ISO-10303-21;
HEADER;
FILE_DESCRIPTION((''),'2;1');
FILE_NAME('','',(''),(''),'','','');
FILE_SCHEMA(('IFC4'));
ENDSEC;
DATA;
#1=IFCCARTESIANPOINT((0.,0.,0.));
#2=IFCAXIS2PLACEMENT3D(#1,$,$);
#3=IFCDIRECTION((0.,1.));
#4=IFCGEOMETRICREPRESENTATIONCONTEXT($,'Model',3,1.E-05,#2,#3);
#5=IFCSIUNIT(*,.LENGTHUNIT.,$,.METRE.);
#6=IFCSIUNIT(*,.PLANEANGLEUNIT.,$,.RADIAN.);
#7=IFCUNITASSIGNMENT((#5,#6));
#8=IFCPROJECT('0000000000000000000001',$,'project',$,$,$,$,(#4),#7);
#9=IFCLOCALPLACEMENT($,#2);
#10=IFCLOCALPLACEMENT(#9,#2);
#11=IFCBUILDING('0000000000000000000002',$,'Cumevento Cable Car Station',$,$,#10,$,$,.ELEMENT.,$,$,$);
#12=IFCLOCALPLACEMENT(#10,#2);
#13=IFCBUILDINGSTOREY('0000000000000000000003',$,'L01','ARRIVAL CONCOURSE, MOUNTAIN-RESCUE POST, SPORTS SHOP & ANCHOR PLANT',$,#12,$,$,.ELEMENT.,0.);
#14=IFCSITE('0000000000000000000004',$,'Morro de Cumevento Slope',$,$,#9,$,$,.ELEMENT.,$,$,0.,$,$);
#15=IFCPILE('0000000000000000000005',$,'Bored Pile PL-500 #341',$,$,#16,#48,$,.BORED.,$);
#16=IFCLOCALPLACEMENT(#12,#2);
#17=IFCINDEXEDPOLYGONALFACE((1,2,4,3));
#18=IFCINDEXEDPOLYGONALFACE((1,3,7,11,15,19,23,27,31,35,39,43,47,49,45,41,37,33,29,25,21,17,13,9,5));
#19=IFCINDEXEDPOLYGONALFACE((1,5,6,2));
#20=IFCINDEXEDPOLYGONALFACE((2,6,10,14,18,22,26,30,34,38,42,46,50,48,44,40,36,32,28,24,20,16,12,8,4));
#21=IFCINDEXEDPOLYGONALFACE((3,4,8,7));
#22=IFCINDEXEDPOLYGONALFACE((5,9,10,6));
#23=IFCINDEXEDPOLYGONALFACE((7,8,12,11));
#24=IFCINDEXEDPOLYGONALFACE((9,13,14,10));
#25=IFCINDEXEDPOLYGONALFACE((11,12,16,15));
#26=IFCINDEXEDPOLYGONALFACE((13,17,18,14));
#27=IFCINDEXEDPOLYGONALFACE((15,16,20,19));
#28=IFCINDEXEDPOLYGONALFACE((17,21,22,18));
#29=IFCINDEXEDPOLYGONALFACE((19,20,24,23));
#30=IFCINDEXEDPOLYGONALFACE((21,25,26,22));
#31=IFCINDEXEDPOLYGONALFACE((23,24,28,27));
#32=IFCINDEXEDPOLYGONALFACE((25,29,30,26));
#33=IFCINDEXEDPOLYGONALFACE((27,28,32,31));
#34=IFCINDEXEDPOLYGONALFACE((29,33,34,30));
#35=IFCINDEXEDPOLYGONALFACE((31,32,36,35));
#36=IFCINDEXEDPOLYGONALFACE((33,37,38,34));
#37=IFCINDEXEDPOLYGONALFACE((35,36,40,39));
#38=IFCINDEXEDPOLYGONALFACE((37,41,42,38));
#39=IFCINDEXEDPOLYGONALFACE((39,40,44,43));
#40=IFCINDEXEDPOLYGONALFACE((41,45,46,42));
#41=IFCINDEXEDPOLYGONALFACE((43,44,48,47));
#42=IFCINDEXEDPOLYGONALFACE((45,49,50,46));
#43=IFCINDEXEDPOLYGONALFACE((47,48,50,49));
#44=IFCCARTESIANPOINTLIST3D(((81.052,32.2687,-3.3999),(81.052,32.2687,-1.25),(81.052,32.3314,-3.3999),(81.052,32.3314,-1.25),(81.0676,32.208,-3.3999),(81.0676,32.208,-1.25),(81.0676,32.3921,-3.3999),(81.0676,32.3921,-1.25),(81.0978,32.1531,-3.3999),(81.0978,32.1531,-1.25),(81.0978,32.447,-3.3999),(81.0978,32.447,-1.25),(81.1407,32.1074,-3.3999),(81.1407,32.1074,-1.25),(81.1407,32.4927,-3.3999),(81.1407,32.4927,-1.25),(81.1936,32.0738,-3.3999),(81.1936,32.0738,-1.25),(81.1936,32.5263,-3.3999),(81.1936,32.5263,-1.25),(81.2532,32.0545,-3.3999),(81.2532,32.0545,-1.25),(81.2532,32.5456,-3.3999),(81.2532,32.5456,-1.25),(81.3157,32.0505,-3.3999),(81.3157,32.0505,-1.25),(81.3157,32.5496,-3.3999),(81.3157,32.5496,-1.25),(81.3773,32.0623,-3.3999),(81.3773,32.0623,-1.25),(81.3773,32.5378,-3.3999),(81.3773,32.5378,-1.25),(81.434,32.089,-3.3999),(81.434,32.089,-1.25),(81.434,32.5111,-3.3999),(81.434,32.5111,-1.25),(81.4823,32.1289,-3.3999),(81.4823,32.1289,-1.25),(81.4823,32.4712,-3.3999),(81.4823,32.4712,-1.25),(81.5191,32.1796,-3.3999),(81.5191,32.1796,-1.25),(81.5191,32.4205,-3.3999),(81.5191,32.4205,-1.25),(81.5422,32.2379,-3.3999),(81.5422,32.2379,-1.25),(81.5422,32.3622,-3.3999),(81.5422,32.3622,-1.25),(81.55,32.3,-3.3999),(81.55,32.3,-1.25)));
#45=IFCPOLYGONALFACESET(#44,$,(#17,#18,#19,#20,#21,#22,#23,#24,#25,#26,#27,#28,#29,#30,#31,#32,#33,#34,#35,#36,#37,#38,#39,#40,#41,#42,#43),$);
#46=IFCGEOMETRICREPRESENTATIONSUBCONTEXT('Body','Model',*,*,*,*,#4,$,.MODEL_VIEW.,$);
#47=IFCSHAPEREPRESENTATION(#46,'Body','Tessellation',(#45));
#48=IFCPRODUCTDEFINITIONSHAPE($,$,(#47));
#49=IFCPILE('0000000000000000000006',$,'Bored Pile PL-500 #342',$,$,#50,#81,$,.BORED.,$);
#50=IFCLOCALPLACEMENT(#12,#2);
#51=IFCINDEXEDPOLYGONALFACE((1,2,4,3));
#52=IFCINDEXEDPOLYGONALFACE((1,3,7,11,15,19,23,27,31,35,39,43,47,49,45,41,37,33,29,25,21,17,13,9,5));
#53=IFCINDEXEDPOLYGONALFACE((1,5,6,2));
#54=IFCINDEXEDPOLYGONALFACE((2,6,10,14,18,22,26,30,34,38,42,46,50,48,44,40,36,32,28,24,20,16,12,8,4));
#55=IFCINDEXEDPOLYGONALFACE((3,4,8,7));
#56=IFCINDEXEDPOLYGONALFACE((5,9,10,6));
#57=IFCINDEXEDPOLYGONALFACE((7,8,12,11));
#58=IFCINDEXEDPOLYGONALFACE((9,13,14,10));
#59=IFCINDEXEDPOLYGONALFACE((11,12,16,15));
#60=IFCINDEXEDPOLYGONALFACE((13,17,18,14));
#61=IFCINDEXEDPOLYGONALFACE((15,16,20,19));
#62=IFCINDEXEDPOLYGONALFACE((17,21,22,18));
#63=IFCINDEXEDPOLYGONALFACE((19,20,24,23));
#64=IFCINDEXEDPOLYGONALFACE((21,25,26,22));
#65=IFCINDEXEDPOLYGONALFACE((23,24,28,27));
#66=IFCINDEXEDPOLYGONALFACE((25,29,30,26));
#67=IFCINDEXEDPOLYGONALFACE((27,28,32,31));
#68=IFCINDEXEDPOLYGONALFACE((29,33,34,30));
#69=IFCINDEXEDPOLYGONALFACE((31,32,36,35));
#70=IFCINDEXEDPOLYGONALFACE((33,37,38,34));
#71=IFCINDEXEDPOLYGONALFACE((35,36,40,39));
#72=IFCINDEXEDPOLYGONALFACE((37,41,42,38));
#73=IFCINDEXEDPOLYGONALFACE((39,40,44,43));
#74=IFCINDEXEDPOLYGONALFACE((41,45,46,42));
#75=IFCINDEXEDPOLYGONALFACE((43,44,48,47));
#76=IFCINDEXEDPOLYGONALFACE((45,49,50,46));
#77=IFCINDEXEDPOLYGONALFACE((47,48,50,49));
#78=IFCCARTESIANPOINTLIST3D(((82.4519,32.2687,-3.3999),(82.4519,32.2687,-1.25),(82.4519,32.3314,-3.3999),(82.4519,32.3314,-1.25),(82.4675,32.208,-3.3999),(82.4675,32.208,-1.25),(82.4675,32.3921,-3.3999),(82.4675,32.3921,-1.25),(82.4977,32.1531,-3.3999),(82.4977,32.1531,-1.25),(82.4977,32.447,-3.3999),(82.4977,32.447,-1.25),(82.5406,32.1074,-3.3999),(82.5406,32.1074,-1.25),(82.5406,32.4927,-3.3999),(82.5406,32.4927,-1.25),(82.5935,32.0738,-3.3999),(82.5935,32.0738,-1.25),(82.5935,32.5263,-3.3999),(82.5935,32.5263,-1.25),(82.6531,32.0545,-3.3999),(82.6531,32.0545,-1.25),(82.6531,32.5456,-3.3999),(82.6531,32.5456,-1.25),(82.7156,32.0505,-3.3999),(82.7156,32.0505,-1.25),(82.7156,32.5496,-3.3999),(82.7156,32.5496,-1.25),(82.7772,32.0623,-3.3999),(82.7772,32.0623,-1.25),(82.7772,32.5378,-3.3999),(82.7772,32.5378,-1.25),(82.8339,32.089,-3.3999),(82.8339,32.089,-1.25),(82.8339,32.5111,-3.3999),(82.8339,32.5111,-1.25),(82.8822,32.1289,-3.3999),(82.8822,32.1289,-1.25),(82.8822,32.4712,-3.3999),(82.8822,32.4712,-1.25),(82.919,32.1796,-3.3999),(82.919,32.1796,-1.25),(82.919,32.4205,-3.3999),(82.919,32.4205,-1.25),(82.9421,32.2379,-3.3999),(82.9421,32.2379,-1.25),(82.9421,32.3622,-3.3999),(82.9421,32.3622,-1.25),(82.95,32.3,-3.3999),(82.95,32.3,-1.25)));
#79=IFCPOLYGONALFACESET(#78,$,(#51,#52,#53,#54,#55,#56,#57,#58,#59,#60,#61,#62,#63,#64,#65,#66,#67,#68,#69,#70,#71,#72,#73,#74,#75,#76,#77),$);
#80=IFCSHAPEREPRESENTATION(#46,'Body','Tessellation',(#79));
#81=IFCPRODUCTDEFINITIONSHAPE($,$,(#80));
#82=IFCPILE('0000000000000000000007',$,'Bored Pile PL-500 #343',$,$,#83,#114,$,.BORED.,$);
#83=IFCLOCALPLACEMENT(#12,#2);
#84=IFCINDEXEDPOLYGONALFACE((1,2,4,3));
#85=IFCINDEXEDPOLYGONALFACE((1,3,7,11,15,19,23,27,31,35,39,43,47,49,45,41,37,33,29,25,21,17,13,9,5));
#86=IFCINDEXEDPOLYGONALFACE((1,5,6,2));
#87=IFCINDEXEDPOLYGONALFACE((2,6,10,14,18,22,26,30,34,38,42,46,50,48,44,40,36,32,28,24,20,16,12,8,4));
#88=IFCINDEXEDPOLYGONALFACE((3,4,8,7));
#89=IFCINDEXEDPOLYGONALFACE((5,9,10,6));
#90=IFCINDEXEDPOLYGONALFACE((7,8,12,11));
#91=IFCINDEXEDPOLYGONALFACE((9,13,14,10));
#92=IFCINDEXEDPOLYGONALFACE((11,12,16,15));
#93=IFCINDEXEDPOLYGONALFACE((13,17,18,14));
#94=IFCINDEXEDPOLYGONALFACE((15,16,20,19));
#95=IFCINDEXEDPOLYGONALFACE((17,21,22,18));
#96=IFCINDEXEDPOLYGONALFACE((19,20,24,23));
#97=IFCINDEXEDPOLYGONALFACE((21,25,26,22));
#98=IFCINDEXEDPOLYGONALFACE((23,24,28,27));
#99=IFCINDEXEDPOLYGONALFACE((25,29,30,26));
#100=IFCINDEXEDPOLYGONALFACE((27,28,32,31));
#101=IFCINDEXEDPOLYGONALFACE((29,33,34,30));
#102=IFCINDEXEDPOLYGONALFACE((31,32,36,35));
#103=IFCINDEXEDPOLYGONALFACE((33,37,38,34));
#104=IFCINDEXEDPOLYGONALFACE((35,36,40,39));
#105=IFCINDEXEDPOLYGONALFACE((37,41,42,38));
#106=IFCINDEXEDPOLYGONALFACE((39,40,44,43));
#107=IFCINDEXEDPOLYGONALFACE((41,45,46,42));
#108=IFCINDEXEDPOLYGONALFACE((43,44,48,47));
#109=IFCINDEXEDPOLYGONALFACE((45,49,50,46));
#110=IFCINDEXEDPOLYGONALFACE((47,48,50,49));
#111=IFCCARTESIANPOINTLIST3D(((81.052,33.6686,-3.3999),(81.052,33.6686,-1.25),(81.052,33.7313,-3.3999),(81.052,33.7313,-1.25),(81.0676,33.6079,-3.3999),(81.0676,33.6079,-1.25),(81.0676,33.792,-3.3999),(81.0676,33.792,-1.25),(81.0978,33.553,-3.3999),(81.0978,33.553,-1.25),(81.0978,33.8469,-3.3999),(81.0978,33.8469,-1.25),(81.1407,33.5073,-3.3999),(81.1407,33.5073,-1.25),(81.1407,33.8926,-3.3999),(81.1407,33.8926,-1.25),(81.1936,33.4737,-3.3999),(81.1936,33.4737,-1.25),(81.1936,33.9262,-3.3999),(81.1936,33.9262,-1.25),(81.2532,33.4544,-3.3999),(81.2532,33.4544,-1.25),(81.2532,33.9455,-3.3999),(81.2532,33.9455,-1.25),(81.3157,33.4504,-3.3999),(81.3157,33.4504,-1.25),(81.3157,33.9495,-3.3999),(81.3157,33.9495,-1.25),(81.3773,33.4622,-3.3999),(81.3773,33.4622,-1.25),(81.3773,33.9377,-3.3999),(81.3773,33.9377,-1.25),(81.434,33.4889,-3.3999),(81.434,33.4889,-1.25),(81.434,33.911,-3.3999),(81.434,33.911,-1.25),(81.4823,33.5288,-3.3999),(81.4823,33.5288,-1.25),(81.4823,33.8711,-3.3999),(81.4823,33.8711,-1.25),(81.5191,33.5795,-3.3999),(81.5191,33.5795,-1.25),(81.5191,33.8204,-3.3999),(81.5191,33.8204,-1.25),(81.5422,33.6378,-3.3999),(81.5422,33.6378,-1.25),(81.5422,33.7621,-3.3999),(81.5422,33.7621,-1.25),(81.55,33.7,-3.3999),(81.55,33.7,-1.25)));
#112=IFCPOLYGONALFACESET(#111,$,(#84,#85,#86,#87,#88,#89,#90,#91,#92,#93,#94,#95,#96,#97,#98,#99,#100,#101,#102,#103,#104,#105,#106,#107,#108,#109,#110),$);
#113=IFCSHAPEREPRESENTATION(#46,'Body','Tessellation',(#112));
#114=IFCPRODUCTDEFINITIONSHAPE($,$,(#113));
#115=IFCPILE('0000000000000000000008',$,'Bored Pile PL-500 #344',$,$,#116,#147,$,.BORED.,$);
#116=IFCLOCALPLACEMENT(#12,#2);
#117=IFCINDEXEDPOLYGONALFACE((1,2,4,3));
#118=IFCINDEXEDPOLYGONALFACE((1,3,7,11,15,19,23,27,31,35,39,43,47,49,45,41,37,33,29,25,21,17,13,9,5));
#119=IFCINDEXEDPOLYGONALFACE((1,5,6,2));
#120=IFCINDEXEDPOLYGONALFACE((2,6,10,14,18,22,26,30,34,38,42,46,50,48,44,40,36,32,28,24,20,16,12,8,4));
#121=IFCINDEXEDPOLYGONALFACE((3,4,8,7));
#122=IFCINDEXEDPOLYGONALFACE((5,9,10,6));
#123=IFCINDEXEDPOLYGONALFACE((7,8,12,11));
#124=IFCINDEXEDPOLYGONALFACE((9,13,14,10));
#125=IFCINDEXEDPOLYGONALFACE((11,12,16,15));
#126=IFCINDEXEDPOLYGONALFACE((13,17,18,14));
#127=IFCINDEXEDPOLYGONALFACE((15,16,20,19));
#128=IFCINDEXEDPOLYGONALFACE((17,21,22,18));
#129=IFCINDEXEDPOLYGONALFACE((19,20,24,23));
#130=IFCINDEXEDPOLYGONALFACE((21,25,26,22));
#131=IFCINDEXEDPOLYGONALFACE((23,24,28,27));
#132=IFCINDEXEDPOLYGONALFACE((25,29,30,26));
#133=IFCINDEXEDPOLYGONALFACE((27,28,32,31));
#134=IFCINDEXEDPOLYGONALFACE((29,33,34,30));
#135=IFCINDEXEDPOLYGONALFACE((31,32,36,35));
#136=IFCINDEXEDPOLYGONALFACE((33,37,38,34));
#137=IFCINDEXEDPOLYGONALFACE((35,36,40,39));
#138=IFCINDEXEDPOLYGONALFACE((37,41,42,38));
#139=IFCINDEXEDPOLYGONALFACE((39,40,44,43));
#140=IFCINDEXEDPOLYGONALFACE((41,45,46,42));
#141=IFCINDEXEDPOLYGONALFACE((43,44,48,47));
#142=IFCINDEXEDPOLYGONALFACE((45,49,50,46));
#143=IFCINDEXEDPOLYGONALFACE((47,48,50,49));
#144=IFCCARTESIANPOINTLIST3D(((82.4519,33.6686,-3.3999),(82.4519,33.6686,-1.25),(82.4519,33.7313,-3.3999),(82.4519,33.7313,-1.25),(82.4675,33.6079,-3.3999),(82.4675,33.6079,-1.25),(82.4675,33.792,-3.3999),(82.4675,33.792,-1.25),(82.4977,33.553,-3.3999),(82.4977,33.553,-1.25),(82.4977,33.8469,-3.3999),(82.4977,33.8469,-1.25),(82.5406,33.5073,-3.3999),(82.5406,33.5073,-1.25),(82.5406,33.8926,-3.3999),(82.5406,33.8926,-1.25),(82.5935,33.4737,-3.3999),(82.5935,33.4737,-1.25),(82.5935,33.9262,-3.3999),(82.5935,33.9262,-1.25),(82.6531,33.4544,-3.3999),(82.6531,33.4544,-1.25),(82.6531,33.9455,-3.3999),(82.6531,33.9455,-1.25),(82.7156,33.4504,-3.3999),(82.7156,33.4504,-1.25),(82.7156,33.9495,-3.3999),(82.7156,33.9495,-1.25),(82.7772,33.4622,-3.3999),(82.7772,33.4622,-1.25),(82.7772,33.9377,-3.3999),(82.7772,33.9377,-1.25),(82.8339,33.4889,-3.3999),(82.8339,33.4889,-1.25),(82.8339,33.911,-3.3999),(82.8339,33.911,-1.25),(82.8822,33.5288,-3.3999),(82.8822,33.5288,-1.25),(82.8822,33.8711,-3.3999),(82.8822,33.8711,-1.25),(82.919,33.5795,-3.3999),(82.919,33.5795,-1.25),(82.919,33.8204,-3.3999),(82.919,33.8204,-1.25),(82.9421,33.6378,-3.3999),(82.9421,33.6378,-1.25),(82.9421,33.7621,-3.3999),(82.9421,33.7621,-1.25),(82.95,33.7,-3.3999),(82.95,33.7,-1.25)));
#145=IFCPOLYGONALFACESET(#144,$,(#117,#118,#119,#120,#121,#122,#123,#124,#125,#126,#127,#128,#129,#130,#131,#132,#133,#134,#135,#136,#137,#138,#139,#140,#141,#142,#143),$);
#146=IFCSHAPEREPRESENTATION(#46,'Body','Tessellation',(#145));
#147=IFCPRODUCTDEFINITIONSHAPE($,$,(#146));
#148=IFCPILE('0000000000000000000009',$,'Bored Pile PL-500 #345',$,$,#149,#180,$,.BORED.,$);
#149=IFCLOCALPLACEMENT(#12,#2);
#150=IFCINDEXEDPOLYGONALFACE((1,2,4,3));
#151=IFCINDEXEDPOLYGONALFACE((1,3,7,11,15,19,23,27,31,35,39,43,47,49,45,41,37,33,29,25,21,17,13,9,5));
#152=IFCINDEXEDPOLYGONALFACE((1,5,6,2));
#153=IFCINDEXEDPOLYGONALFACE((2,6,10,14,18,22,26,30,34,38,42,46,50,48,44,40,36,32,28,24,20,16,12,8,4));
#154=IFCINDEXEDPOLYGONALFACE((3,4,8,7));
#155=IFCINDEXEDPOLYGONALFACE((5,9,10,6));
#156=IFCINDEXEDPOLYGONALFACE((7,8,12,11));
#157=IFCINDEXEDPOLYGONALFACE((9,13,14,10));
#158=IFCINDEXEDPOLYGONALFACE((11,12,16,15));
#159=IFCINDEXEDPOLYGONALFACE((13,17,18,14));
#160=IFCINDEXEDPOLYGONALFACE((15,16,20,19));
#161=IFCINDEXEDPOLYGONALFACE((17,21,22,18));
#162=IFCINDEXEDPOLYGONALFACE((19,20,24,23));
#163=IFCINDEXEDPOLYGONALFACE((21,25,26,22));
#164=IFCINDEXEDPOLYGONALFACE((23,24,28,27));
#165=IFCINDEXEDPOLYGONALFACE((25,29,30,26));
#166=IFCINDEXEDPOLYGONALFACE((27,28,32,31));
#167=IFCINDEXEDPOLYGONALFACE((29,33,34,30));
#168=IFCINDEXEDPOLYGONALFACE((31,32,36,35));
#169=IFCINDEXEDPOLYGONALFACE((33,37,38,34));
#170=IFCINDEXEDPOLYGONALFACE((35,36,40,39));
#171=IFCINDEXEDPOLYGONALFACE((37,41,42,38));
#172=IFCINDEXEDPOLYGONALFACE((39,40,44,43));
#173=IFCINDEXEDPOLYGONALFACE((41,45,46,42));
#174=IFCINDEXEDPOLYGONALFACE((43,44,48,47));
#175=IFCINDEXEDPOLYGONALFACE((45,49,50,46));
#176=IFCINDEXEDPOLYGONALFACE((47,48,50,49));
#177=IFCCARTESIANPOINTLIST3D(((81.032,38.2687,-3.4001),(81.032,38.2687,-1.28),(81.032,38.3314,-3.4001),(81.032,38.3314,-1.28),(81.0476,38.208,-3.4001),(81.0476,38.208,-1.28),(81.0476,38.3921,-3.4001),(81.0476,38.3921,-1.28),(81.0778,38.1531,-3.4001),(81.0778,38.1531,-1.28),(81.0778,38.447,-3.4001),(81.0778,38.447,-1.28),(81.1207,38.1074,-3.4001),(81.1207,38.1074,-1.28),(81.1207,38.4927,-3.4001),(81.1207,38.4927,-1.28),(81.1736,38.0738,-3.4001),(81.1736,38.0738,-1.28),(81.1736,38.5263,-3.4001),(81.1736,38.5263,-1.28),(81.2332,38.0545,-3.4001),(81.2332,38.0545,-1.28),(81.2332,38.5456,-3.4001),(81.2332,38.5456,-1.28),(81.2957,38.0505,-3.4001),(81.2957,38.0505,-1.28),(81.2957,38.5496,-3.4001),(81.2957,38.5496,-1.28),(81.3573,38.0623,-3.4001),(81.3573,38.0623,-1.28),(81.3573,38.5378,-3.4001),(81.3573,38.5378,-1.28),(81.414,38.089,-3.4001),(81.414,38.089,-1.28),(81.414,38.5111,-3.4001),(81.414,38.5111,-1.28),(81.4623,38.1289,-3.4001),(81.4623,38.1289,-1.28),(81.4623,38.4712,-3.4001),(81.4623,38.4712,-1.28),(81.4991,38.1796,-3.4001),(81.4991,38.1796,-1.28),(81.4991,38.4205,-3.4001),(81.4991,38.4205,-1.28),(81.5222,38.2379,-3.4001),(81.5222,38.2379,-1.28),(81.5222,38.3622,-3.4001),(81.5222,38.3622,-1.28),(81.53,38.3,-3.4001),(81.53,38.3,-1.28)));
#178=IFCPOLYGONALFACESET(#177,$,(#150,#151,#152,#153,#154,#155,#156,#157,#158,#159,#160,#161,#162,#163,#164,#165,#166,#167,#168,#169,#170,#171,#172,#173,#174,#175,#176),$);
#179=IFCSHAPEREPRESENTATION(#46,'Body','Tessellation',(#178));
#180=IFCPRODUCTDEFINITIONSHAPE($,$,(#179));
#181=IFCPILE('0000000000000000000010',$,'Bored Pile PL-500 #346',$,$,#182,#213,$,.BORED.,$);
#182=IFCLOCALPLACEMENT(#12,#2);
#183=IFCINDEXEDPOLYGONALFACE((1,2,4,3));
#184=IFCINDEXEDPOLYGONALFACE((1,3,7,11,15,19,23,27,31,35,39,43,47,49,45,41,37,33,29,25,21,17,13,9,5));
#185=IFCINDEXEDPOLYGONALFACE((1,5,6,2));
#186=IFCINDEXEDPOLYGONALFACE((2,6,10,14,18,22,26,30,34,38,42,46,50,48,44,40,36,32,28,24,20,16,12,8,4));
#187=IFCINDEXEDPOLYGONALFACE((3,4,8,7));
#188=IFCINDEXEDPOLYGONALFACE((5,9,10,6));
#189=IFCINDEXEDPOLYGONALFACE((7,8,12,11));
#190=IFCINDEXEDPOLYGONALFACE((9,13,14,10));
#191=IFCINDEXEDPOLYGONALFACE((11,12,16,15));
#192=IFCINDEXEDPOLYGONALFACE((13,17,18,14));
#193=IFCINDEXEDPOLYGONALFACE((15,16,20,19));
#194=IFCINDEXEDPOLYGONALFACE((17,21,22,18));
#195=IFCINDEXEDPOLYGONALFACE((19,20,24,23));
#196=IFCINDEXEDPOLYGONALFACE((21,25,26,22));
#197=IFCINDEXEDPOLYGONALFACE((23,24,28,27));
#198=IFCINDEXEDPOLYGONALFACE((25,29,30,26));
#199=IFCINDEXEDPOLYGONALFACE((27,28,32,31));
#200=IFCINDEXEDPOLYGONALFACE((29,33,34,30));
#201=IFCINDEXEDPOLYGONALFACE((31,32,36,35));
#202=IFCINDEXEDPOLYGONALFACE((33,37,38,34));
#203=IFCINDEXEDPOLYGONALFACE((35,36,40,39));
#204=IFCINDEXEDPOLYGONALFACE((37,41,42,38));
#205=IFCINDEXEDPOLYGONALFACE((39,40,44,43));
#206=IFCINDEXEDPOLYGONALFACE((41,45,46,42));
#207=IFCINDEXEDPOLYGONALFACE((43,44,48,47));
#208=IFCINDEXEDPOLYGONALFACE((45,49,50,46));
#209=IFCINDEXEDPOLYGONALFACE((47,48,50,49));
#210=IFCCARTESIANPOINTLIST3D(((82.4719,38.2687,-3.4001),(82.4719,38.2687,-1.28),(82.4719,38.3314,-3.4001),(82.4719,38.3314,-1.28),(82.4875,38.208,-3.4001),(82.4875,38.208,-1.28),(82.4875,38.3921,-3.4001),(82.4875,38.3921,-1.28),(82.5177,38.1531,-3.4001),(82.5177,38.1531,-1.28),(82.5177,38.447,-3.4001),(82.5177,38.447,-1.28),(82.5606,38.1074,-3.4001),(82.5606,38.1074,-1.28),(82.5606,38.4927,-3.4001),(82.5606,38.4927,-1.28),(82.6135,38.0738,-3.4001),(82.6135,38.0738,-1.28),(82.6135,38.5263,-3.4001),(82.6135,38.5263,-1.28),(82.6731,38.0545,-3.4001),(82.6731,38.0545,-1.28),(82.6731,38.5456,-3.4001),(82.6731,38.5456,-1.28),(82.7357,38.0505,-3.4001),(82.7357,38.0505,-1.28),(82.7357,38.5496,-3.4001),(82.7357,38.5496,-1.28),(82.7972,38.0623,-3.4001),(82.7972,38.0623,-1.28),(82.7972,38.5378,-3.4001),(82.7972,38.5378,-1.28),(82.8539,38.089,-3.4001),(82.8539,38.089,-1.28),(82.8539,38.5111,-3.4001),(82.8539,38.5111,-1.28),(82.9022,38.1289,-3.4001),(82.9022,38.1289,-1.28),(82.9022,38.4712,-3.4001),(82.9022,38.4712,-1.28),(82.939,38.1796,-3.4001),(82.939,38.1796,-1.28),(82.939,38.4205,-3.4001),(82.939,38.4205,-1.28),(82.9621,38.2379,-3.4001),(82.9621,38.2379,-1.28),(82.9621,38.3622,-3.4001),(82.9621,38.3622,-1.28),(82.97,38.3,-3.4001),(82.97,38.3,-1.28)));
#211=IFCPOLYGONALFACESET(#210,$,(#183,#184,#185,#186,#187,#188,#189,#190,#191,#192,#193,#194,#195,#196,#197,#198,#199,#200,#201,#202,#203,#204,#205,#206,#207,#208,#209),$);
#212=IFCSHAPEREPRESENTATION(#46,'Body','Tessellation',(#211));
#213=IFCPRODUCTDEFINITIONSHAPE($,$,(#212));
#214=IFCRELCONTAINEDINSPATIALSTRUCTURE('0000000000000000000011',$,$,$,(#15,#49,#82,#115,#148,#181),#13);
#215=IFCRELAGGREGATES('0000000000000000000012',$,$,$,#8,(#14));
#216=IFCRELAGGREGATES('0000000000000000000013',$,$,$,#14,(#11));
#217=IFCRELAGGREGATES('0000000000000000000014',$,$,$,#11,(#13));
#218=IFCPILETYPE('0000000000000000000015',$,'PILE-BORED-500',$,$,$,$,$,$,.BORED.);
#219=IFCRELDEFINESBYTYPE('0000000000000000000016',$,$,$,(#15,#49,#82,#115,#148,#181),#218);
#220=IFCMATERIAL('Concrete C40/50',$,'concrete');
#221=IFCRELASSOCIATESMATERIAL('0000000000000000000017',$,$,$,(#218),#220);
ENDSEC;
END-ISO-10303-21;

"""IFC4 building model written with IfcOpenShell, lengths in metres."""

from ifc_helpers import new_model, si_unit, direction, frame, origin, origin_2d, place, context, subcontext, project, spatial, circle, extrude, material, material_profile, profile_set, type_object, element, save


model = new_model("IFC4")

# Units and contexts
model_context = context("Model", 3, precision=1e-05, world=origin(), true_north=direction((0.0, 1.0)))
body_context = subcontext(model_context, "Body", "Model", "MODEL_VIEW")
ifc_project = project(units=[si_unit("LENGTHUNIT", "METRE"), si_unit("PLANEANGLEUNIT", "RADIAN")], contexts=[model_context])

# Site, building, storey
site_placement = place(None, origin())
site = spatial("IfcSite", under=ifc_project, at=site_placement, Name="Morro de Cumevento Slope", CompositionType="ELEMENT", RefElevation=0.0)
building_placement = place(site_placement, origin())
building = spatial("IfcBuilding", under=site, at=building_placement, Name="Cumevento Cable Car Station", CompositionType="ELEMENT")
storey_placement = place(building_placement, origin())
storey = spatial("IfcBuildingStorey", under=building, at=storey_placement, Name="L01", Description="ARRIVAL CONCOURSE, MOUNTAIN-RESCUE POST, SPORTS SHOP & ANCHOR PLANT", CompositionType="ELEMENT", Elevation=0.0)

# Piles
ifc_material_1 = material(Name="Concrete C40/50", Category="concrete")
ifc_material_profile_1 = material_profile(ifc_material_1, circle(Radius=0.25, at=origin_2d()), Name="PILE-D500")
ifc_profile_set_1 = profile_set([ifc_material_profile_1], Name="Concrete C40/50")
pile_type = type_object("IfcPileType", Name="PILE-BORED-500", PredefinedType="BORED", material=ifc_profile_set_1)
for number, where, z_axis, x_axis, name in (
    (1, (81.3, 32.3, -1.25), (0.0, 0.0, -1.0), (1.0, 0.0, 0.0), "Bored Pile PL-500 #341"),
    (2, (82.7, 32.3, -1.25), (0.0, 0.0, -1.0), (1.0, 0.0, 0.0), "Bored Pile PL-500 #342"),
    (3, (81.3, 33.7, -1.25), (0.0, 0.0, -1.0), (1.0, 0.0, 0.0), "Bored Pile PL-500 #343"),
    (4, (82.7, 33.7, -1.25), (0.0, 0.0, -1.0), (1.0, 0.0, 0.0), "Bored Pile PL-500 #344"),
):
    element("IfcPile", number, at=place(storey_placement, frame(where, z_axis=z_axis, x_axis=x_axis)), inside=storey, type_object=pile_type, Name=name, PredefinedType="BORED", context=body_context, shape_type="SweptSolid", body=[
        extrude(circle(Radius=0.25, at=origin_2d()), origin(), (0.0, 0.0, 1.0), 2.1499),
    ])
for number, where, z_axis, x_axis, name in (
    (5, (81.28, 38.3, -1.28), (0.0, 0.0, -1.0), (1.0, 0.0, 0.0), "Bored Pile PL-500 #345"),
    (6, (82.72, 38.3, -1.28), (0.0, 0.0, -1.0), (1.0, 0.0, 0.0), "Bored Pile PL-500 #346"),
):
    element("IfcPile", number, at=place(storey_placement, frame(where, z_axis=z_axis, x_axis=x_axis)), inside=storey, type_object=pile_type, Name=name, PredefinedType="BORED", context=body_context, shape_type="SweptSolid", body=[
        extrude(circle(Radius=0.25, at=origin_2d()), origin(), (0.0, 0.0, 1.0), 2.1201),
    ])

save(model, "model.ifc")
